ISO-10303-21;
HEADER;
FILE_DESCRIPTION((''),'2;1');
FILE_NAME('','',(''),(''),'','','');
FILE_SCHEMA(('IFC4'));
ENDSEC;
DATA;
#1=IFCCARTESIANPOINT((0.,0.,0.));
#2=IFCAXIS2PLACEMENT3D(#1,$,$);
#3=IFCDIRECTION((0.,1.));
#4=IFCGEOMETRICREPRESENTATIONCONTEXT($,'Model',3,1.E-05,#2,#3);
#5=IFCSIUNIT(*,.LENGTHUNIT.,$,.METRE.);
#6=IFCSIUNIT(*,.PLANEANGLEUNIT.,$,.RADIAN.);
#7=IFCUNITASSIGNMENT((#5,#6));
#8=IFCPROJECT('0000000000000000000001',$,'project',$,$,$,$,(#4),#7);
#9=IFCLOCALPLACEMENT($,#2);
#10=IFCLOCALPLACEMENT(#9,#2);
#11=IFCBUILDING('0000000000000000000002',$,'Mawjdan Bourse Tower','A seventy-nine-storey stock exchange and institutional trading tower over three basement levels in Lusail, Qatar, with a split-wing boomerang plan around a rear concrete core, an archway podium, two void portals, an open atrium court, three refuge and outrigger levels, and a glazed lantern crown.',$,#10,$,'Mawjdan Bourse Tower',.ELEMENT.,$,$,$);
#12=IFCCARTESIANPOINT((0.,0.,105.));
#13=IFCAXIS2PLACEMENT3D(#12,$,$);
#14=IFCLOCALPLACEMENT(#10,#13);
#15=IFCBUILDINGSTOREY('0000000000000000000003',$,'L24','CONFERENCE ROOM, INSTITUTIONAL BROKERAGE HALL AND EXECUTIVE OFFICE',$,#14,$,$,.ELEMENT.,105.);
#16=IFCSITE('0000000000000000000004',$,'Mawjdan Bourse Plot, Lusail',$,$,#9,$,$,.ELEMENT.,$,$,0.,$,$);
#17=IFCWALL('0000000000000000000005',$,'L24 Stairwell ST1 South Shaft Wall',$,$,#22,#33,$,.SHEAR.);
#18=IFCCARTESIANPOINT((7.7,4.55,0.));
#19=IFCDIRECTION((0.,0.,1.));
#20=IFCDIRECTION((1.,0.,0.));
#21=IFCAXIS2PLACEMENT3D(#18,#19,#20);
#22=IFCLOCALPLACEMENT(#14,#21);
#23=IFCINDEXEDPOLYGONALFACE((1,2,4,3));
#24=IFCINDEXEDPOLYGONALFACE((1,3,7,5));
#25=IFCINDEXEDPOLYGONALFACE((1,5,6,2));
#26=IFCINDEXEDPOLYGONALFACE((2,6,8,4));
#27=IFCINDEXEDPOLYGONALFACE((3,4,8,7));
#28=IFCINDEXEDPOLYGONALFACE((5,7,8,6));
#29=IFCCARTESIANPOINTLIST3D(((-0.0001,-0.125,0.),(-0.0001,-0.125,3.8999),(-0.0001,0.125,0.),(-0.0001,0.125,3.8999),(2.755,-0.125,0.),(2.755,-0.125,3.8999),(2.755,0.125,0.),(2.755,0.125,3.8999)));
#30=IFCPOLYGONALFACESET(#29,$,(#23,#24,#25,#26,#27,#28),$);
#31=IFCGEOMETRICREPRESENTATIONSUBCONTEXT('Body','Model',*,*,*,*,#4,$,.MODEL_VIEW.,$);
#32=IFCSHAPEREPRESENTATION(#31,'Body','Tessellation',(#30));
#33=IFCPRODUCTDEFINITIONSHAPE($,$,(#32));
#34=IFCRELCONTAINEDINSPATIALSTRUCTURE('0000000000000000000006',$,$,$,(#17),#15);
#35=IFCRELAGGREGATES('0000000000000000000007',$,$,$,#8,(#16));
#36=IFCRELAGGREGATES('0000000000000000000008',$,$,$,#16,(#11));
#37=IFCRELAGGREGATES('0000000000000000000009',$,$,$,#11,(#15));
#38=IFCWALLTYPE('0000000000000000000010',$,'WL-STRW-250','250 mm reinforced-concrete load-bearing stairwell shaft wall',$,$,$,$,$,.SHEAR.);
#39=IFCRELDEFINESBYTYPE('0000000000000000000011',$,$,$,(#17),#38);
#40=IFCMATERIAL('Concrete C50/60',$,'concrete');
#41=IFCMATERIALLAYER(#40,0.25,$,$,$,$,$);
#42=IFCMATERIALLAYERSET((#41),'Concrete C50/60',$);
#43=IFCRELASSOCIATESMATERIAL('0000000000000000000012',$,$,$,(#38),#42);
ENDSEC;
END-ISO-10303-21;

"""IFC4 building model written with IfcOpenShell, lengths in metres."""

from ifc_helpers import new_model, si_unit, direction, frame, frame_2d, origin, place, context, subcontext, project, spatial, rectangle, extrude, material, layer, layer_set, type_object, element, save


model = new_model("IFC4")

# Units and contexts
model_context = context("Model", 3, precision=1e-05, world=origin(), true_north=direction((0.0, 1.0)))
body_context = subcontext(model_context, "Body", "Model", "MODEL_VIEW")
ifc_project = project(units=[si_unit("LENGTHUNIT", "METRE"), si_unit("PLANEANGLEUNIT", "RADIAN")], contexts=[model_context])

# Site, building, storey
site_placement = place(None, origin())
site = spatial("IfcSite", under=ifc_project, at=site_placement, Name="Mawjdan Bourse Plot, Lusail", CompositionType="ELEMENT", RefElevation=0.0)
building_placement = place(site_placement, origin())
building = spatial("IfcBuilding", under=site, at=building_placement, Name="Mawjdan Bourse Tower", Description="A seventy-nine-storey stock exchange and institutional trading tower over three basement levels in Lusail, Qatar, with a split-wing boomerang plan around a rear concrete core, an archway podium, two void portals, an open atrium court, three refuge and outrigger levels, and a glazed lantern crown.", LongName="Mawjdan Bourse Tower", CompositionType="ELEMENT")
storey_placement = place(building_placement, frame((0.0, 0.0, 105.0)))
storey = spatial("IfcBuildingStorey", under=building, at=storey_placement, Name="L24", Description="CONFERENCE ROOM, INSTITUTIONAL BROKERAGE HALL AND EXECUTIVE OFFICE", CompositionType="ELEMENT", Elevation=105.0)

# Shared definitions
ifc_material_1 = material(Name="Concrete C50/60", Category="concrete")

# Wall
ifc_layer_1 = layer(ifc_material_1, 0.25)
ifc_layer_set_1 = layer_set([ifc_layer_1], Name="Concrete C50/60")
wall_type_1 = type_object("IfcWallType", Name="WL-STRW-250", Description="250 mm reinforced-concrete load-bearing stairwell shaft wall", PredefinedType="SHEAR", material=ifc_layer_set_1)
wall_1_placement = place(storey_placement, frame((7.7, 4.55, 0.0), z_axis=(0.0, 0.0, 1.0), x_axis=(1.0, 0.0, 0.0)))
element("IfcWall", 1, at=wall_1_placement, inside=storey, type_object=wall_type_1, Name="L24 Stairwell ST1 South Shaft Wall", PredefinedType="SHEAR", context=body_context, shape_type="SweptSolid", body=[
    extrude(rectangle(XDim=2.7551, YDim=0.25, at=frame_2d((1.3774, 0.0))), origin(), (0.0, 0.0, 1.0), 3.8999),
])

save(model, "model.ifc")
